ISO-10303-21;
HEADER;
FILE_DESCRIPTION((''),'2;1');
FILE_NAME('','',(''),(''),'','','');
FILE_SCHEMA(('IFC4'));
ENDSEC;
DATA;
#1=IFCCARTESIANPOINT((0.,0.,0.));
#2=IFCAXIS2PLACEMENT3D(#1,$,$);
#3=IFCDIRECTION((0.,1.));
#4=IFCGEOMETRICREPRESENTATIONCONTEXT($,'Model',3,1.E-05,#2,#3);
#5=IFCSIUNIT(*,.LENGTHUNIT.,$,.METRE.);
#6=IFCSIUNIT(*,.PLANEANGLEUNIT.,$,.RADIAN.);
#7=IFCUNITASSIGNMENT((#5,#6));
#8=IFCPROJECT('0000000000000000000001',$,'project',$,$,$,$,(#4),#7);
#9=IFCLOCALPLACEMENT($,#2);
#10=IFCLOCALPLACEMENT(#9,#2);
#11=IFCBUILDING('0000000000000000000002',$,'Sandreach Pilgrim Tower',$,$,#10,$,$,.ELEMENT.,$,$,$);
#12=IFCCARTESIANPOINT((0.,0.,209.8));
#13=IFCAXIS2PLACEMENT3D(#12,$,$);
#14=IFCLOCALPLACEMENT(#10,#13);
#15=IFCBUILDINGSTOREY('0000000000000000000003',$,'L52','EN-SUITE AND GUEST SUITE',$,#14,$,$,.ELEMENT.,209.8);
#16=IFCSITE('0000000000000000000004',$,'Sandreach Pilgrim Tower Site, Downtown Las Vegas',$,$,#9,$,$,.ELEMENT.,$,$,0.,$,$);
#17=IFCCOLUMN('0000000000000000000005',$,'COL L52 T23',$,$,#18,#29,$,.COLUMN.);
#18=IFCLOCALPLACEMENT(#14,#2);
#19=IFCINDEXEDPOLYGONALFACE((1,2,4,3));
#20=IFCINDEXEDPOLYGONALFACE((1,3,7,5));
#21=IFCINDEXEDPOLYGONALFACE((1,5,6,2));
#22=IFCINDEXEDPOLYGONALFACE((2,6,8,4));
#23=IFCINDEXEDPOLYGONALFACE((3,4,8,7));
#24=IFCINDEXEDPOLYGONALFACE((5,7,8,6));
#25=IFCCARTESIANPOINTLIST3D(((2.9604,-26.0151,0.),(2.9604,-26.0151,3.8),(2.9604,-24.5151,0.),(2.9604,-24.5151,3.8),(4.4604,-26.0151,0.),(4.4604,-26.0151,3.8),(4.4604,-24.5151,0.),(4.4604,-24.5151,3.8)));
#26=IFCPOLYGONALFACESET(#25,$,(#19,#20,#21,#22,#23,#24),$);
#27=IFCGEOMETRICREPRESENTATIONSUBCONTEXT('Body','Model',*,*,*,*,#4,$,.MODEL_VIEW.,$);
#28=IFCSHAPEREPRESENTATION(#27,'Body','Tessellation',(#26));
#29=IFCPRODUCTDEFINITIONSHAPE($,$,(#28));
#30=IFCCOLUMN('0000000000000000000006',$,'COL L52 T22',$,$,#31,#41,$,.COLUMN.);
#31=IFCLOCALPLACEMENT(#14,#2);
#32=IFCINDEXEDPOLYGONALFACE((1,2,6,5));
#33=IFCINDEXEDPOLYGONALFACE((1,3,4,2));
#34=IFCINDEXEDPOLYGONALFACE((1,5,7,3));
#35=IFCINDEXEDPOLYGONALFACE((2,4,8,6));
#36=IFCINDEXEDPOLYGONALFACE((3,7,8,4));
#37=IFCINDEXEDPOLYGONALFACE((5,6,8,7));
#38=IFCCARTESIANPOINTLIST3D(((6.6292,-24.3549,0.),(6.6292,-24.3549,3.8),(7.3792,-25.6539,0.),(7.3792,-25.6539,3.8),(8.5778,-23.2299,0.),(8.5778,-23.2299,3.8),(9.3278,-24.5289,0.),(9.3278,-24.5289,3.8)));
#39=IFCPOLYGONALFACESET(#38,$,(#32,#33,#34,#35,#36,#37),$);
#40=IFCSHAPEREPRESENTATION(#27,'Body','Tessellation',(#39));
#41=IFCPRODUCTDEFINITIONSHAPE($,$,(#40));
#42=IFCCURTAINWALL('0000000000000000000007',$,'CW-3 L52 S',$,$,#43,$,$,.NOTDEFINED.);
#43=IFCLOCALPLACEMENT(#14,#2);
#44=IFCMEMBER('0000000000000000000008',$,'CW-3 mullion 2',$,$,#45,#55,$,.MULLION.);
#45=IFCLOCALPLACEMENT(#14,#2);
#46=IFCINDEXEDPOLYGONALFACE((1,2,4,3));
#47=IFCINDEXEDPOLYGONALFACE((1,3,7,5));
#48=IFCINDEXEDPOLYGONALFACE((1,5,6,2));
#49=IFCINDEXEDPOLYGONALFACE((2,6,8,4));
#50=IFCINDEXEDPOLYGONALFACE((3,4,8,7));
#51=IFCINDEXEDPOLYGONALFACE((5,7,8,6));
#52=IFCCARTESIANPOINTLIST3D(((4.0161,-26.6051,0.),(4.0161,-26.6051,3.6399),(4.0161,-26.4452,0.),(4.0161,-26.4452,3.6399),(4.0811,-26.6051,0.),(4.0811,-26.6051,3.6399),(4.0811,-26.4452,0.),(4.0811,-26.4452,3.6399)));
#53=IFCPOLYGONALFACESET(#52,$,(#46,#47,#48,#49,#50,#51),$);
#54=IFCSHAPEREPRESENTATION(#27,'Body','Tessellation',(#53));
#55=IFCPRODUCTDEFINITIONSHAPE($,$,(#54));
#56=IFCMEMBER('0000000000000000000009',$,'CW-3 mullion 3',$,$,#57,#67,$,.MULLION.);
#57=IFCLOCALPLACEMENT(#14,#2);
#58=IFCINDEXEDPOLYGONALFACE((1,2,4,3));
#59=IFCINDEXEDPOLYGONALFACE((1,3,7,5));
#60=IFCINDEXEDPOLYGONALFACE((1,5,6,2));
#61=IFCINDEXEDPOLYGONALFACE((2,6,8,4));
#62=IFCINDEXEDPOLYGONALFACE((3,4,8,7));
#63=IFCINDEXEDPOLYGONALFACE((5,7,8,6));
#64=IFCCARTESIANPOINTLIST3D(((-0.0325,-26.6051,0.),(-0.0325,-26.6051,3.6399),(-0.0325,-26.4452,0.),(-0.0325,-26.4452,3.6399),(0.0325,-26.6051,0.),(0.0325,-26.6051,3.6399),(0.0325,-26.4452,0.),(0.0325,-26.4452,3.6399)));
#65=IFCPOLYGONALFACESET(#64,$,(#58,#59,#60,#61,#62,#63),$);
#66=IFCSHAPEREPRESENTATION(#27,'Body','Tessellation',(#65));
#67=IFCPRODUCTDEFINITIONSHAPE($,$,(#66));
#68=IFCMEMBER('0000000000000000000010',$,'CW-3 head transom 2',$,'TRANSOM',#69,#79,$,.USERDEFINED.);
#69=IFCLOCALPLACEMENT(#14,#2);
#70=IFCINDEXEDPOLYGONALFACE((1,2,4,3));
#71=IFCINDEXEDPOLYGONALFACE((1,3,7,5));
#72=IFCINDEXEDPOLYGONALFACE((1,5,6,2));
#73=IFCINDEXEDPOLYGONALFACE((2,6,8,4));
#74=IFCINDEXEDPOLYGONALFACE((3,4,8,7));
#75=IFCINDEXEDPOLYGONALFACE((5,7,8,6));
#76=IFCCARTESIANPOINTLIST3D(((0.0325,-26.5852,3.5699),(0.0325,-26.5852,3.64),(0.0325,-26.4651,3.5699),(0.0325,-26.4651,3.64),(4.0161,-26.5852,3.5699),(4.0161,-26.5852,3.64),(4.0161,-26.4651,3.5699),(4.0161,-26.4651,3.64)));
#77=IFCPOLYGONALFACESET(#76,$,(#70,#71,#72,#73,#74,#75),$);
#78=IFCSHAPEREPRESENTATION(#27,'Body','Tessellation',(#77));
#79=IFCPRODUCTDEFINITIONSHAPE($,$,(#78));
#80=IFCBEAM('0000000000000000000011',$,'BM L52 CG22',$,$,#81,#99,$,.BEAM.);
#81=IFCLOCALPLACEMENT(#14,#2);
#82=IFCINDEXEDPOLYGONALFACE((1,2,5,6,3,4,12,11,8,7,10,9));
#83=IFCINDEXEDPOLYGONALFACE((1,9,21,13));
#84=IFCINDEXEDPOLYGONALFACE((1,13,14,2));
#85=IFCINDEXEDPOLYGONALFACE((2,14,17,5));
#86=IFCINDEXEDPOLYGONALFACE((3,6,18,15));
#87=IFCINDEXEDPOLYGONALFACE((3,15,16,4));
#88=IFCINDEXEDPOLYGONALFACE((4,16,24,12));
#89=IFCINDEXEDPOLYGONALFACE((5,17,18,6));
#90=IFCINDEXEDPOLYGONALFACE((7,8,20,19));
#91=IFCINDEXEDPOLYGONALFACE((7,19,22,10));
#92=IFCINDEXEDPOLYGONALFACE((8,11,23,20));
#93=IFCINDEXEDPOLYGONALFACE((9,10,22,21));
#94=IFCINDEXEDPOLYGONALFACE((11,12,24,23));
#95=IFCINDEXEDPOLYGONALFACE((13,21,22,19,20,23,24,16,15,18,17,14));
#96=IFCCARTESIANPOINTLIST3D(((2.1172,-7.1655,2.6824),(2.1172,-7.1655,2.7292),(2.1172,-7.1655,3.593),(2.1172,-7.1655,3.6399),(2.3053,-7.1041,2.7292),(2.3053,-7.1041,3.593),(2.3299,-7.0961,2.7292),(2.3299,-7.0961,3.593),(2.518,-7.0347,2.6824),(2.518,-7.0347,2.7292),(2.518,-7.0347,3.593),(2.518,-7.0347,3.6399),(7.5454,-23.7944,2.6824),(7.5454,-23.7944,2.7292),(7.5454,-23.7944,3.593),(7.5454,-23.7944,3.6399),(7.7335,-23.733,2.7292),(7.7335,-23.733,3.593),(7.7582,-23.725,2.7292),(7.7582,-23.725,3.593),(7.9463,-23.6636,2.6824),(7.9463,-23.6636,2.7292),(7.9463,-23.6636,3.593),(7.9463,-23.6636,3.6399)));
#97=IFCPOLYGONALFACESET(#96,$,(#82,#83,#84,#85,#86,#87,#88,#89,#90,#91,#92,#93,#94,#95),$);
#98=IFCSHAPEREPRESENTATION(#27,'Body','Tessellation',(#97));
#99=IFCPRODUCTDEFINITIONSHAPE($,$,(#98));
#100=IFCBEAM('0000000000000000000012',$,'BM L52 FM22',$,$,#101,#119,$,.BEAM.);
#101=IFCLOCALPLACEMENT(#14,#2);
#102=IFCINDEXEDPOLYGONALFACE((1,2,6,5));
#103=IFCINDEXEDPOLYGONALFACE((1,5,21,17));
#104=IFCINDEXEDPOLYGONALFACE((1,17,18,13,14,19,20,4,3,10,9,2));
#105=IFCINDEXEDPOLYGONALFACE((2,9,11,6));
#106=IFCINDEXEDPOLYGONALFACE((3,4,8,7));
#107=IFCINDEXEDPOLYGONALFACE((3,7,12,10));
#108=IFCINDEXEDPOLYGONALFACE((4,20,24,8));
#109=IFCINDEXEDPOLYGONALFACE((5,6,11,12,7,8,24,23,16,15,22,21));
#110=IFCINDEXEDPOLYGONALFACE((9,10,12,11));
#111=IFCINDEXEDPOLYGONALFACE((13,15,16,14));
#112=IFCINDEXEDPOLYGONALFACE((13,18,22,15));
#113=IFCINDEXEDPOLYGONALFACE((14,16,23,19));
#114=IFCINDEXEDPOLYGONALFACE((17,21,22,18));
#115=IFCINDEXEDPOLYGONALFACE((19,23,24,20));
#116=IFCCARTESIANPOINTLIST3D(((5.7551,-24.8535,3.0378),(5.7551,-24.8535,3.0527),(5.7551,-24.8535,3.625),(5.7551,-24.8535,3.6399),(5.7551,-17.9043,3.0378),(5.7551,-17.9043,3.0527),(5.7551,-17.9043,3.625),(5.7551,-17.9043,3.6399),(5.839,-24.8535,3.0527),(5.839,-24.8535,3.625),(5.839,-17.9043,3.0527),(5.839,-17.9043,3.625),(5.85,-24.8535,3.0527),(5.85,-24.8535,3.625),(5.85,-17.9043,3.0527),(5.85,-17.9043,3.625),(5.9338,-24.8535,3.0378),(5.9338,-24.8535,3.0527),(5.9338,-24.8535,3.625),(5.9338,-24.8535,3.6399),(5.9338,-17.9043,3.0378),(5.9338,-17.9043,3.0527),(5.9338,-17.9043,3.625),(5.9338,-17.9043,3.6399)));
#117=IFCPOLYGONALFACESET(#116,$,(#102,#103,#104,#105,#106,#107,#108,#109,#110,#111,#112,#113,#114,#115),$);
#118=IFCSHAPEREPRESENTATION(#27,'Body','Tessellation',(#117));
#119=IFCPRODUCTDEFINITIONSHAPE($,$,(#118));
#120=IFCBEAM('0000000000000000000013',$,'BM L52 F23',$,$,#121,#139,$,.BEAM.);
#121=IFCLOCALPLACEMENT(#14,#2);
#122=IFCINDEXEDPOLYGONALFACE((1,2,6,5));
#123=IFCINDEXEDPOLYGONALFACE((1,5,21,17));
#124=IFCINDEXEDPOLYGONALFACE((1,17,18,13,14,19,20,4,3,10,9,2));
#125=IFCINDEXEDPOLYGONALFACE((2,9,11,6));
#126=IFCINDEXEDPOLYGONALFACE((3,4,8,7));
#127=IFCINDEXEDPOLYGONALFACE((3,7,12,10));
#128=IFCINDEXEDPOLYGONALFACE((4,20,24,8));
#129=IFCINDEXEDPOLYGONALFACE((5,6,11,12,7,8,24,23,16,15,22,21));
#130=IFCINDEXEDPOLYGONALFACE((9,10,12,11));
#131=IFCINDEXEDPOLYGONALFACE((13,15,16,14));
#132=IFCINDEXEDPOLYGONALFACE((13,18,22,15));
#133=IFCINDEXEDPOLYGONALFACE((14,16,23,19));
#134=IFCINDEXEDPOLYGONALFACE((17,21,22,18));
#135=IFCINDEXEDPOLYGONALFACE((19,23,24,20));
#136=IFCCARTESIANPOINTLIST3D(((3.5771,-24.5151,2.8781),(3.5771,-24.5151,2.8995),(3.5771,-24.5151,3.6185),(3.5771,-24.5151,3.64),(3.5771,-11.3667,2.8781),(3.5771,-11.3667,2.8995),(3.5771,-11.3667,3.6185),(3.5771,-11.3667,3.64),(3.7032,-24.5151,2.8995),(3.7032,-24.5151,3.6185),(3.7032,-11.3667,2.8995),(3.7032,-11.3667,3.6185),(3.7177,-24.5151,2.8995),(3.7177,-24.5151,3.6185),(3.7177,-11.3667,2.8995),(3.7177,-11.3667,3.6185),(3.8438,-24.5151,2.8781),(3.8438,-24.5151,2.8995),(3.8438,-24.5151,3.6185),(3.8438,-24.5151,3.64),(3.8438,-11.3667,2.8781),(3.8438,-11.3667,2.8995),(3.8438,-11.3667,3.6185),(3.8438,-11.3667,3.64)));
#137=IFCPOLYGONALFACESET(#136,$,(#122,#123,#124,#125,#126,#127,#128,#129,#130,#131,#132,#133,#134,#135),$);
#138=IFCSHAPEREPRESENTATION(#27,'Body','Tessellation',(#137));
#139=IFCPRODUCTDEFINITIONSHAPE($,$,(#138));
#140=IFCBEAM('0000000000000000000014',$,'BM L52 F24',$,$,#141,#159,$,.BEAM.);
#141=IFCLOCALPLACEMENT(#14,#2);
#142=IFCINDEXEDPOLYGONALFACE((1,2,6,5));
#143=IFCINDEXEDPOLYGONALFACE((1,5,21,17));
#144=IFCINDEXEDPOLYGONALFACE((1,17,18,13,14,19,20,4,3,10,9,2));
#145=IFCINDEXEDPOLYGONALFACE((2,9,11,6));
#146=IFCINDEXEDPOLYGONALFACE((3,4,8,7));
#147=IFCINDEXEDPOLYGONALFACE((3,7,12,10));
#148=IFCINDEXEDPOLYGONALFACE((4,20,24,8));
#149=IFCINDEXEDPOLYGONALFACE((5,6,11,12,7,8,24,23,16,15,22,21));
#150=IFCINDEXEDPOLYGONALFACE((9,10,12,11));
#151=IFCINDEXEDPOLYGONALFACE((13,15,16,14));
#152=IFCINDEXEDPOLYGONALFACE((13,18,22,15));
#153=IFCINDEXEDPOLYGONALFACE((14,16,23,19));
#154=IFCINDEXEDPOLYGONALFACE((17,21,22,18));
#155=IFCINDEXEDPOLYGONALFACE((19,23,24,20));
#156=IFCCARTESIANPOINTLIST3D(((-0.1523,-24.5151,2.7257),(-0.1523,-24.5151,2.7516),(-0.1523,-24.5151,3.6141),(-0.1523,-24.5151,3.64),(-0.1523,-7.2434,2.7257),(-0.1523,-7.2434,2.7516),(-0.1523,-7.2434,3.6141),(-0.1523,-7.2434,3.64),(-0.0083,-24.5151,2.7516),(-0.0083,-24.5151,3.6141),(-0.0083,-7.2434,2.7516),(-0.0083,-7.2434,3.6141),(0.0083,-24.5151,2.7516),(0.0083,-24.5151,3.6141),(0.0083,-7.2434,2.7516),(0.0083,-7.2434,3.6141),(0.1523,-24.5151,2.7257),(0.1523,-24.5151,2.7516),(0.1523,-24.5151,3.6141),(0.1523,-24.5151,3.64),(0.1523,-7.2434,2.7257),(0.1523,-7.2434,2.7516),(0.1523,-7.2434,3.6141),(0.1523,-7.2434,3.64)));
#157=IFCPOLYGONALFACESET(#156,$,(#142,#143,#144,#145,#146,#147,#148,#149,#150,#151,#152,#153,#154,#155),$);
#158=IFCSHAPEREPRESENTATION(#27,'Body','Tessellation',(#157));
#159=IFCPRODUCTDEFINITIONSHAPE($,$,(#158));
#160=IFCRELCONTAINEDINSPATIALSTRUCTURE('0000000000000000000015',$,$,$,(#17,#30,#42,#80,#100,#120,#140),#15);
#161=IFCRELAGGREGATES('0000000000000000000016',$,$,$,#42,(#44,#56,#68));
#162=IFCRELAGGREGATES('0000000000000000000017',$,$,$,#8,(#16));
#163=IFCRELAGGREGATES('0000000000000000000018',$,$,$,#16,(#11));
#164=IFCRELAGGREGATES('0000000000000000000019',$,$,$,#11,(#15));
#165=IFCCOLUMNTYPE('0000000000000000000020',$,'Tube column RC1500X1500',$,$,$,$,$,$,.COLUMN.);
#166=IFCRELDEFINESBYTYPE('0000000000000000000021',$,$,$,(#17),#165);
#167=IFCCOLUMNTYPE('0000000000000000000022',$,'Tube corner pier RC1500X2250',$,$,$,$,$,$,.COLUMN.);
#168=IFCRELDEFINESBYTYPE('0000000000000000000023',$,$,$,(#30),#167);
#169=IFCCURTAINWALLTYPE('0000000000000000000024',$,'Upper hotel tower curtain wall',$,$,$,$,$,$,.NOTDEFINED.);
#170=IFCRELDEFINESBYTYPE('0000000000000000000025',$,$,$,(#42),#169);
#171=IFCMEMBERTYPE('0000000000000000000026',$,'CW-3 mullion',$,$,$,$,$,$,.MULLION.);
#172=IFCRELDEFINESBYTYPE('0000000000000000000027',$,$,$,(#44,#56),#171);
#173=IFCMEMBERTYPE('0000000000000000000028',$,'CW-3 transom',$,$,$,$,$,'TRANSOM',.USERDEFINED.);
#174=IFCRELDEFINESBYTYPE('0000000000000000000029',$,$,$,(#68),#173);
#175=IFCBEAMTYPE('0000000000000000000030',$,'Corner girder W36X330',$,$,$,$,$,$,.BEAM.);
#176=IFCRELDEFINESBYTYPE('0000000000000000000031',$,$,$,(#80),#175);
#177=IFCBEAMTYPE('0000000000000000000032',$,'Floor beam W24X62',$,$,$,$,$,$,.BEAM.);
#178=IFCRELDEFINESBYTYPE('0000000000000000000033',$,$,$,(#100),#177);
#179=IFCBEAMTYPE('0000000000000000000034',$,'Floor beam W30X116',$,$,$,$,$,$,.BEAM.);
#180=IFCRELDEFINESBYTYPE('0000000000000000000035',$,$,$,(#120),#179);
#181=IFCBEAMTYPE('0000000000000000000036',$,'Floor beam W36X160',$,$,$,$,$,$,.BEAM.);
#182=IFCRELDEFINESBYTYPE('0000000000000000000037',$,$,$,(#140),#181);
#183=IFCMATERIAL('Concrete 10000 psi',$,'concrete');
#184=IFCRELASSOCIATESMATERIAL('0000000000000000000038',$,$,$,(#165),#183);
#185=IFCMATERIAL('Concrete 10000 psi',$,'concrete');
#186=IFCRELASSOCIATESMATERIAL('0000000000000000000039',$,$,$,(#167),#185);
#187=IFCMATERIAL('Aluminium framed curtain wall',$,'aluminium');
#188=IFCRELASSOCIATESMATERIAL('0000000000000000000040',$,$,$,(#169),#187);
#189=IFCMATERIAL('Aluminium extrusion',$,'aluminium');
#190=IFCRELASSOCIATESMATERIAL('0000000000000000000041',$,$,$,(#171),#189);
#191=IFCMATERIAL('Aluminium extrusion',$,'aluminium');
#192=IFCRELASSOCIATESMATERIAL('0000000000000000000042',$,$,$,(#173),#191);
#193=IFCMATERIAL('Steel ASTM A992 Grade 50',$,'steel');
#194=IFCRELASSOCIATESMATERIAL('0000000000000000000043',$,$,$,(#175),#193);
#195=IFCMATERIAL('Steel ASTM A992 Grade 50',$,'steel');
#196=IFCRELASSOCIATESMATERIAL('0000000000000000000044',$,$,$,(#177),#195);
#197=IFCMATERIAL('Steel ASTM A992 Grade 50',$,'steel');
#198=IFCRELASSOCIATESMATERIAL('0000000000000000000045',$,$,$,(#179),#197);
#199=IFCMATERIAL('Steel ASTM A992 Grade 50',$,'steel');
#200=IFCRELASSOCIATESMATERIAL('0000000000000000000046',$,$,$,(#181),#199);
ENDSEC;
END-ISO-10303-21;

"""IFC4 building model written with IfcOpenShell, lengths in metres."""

from ifc_helpers import new_model, si_unit, direction, frame, origin, origin_2d, place, context, subcontext, project, spatial, rectangle, i_section, extrude, material, material_profile, profile_set, type_object, element, aggregate, save


model = new_model("IFC4")

# Units and contexts
model_context = context("Model", 3, precision=1e-05, world=origin(), true_north=direction((0.0, 1.0)))
body_context = subcontext(model_context, "Body", "Model", "MODEL_VIEW")
ifc_project = project(units=[si_unit("LENGTHUNIT", "METRE"), si_unit("PLANEANGLEUNIT", "RADIAN")], contexts=[model_context])

# Site, building, storey
site_placement = place(None, origin())
site = spatial("IfcSite", under=ifc_project, at=site_placement, Name="Sandreach Pilgrim Tower Site, Downtown Las Vegas", CompositionType="ELEMENT", RefElevation=0.0)
building_placement = place(site_placement, origin())
building = spatial("IfcBuilding", under=site, at=building_placement, Name="Sandreach Pilgrim Tower", CompositionType="ELEMENT")
storey_placement = place(building_placement, frame((0.0, 0.0, 209.8)))
storey = spatial("IfcBuildingStorey", under=building, at=storey_placement, Name="L52", Description="EN-SUITE AND GUEST SUITE", CompositionType="ELEMENT", Elevation=209.8)

# Columns
ifc_material_1 = material(Name="Concrete 10000 psi", Category="concrete")
ifc_material_profile_1 = material_profile(ifc_material_1, rectangle(XDim=1.5, YDim=1.5, at=origin_2d()), Name="RC1500X1500")
ifc_profile_set_1 = profile_set([ifc_material_profile_1], Name="Concrete 10000 psi")
column_type_1 = type_object("IfcColumnType", Name="Tube column RC1500X1500", PredefinedType="COLUMN", material=ifc_profile_set_1)
column_1_placement = place(storey_placement, frame((3.7104, -25.2651, 0.0), z_axis=(0.0, 0.0, 1.0), x_axis=(0.0, -1.0, 0.0)))
element("IfcColumn", 1, at=column_1_placement, inside=storey, type_object=column_type_1, Name="COL L52 T23", PredefinedType="COLUMN", context=body_context, shape_type="SweptSolid", body=[
    extrude(rectangle(XDim=1.5, YDim=1.5, at=origin_2d()), origin(), (0.0, 0.0, 1.0), 3.8),
])
ifc_material_2 = material(Name="Concrete 10000 psi", Category="concrete")
ifc_material_profile_2 = material_profile(ifc_material_2, rectangle(XDim=1.5, YDim=2.25, at=origin_2d()), Name="RC1500X2250")
ifc_profile_set_2 = profile_set([ifc_material_profile_2], Name="Concrete 10000 psi")
column_type_2 = type_object("IfcColumnType", Name="Tube corner pier RC1500X2250", PredefinedType="COLUMN", material=ifc_profile_set_2)
column_2_placement = place(storey_placement, frame((7.9785, -24.4419, 0.0), z_axis=(0.0, 0.0, 1.0), x_axis=(0.5, -0.866025, 0.0)))
element("IfcColumn", 2, at=column_2_placement, inside=storey, type_object=column_type_2, Name="COL L52 T22", PredefinedType="COLUMN", context=body_context, shape_type="SweptSolid", body=[
    extrude(rectangle(XDim=1.5, YDim=2.25, at=origin_2d()), origin(), (0.0, 0.0, 1.0), 3.8),
])

# Curtain wall, members
ifc_material_3 = material(Name="Aluminium framed curtain wall", Category="aluminium")
curtain_wall_type = type_object("IfcCurtainWallType", Name="Upper hotel tower curtain wall", PredefinedType="NOTDEFINED", material=ifc_material_3)
curtain_wall_placement = place(storey_placement, origin())
curtain_wall = element("IfcCurtainWall", 3, at=curtain_wall_placement, inside=storey, type_object=curtain_wall_type, Name="CW-3 L52 S", PredefinedType="NOTDEFINED")
ifc_material_4 = material(Name="Aluminium extrusion", Category="aluminium")
ifc_material_profile_3 = material_profile(ifc_material_4, rectangle(XDim=0.0649, YDim=0.1599, at=origin_2d()), Name="CW-3M 65X160")
ifc_profile_set_3 = profile_set([ifc_material_profile_3], Name="Aluminium extrusion")
member_type_1 = type_object("IfcMemberType", Name="CW-3 mullion", PredefinedType="MULLION", material=ifc_profile_set_3)
member_1_placement = place(storey_placement, frame((4.0486, -26.5251, 0.0), z_axis=(0.0, 0.0, 1.0), x_axis=(-1.0, 0.0, 0.0)))
member_1 = element("IfcMember", 4, at=member_1_placement, type_object=member_type_1, Name="CW-3 mullion 2", PredefinedType="MULLION", context=body_context, shape_type="SweptSolid", body=[
    extrude(rectangle(XDim=0.0649, YDim=0.1599, at=origin_2d()), origin(), (0.0, 0.0, 1.0), 3.6399),
])
member_2_placement = place(storey_placement, frame((0.0, -26.5251, 0.0), z_axis=(0.0, 0.0, 1.0), x_axis=(-1.0, 0.0, 0.0)))
member_2 = element("IfcMember", 5, at=member_2_placement, type_object=member_type_1, Name="CW-3 mullion 3", PredefinedType="MULLION", context=body_context, shape_type="SweptSolid", body=[
    extrude(rectangle(XDim=0.0649, YDim=0.1599, at=origin_2d()), origin(), (0.0, 0.0, 1.0), 3.6399),
])
ifc_material_5 = material(Name="Aluminium extrusion", Category="aluminium")
ifc_material_profile_4 = material_profile(ifc_material_5, rectangle(XDim=0.1201, YDim=0.0701, at=origin_2d()), Name="CW-3T 120X70")
ifc_profile_set_4 = profile_set([ifc_material_profile_4], Name="Aluminium extrusion")
member_type_2 = type_object("IfcMemberType", Name="CW-3 transom", ElementType="TRANSOM", PredefinedType="USERDEFINED", material=ifc_profile_set_4)
member_3_placement = place(storey_placement, frame((4.0161, -26.5251, 3.605), z_axis=(-1.0, 0.0, 0.0), x_axis=(0.0, -1.0, 0.0)))
member_3 = element("IfcMember", 6, at=member_3_placement, type_object=member_type_2, Name="CW-3 head transom 2", ObjectType="TRANSOM", PredefinedType="USERDEFINED", context=body_context, shape_type="SweptSolid", body=[
    extrude(rectangle(XDim=0.1201, YDim=0.0701, at=origin_2d()), origin(), (0.0, 0.0, 1.0), 3.9836),
])

# Beams
ifc_material_6 = material(Name="Steel ASTM A992 Grade 50", Category="steel")
ifc_material_profile_5 = material_profile(ifc_material_6, i_section(OverallWidth=0.4216, OverallDepth=0.9575, WebThickness=0.0259, FlangeThickness=0.0469, at=origin_2d()), Name="W36X330")
ifc_profile_set_5 = profile_set([ifc_material_profile_5], Name="Steel ASTM A992 Grade 50")
beam_type_1 = type_object("IfcBeamType", Name="Corner girder W36X330", PredefinedType="BEAM", material=ifc_profile_set_5)
beam_1_placement = place(storey_placement, frame((7.7458, -23.729, 3.1611), z_axis=(-0.310318, 0.950633, 0.0), x_axis=(-0.950633, -0.310318, 0.0)))
element("IfcBeam", 7, at=beam_1_placement, inside=storey, type_object=beam_type_1, Name="BM L52 CG22", PredefinedType="BEAM", context=body_context, shape_type="SweptSolid", body=[
    extrude(i_section(OverallWidth=0.4216, OverallDepth=0.9575, WebThickness=0.0259, FlangeThickness=0.0469, at=origin_2d()), origin(), (0.0, 0.0, 1.0), 17.4924),
])
ifc_material_7 = material(Name="Steel ASTM A992 Grade 50", Category="steel")
ifc_material_profile_6 = material_profile(ifc_material_7, i_section(OverallWidth=0.1787, OverallDepth=0.6021, WebThickness=0.011, FlangeThickness=0.0149, at=origin_2d()), Name="W24X62")
ifc_profile_set_6 = profile_set([ifc_material_profile_6], Name="Steel ASTM A992 Grade 50")
beam_type_2 = type_object("IfcBeamType", Name="Floor beam W24X62", PredefinedType="BEAM", material=ifc_profile_set_6)
beam_2_placement = place(storey_placement, frame((5.8445, -24.8535, 3.3389), z_axis=(0.0, 1.0, 0.0), x_axis=(-1.0, 0.0, 0.0)))
element("IfcBeam", 8, at=beam_2_placement, inside=storey, type_object=beam_type_2, Name="BM L52 FM22", PredefinedType="BEAM", context=body_context, shape_type="SweptSolid", body=[
    extrude(i_section(OverallWidth=0.1787, OverallDepth=0.6021, WebThickness=0.011, FlangeThickness=0.0149, at=origin_2d()), origin(), (0.0, 0.0, 1.0), 6.9492),
])
ifc_material_8 = material(Name="Steel ASTM A992 Grade 50", Category="steel")
ifc_material_profile_7 = material_profile(ifc_material_8, i_section(OverallWidth=0.2666, OverallDepth=0.762, WebThickness=0.0144, FlangeThickness=0.0215, at=origin_2d()), Name="W30X116")
ifc_profile_set_7 = profile_set([ifc_material_profile_7], Name="Steel ASTM A992 Grade 50")
beam_type_3 = type_object("IfcBeamType", Name="Floor beam W30X116", PredefinedType="BEAM", material=ifc_profile_set_7)
beam_3_placement = place(storey_placement, frame((3.7104, -24.5151, 3.259), z_axis=(0.0, 1.0, 0.0), x_axis=(-1.0, 0.0, 0.0)))
element("IfcBeam", 9, at=beam_3_placement, inside=storey, type_object=beam_type_3, Name="BM L52 F23", PredefinedType="BEAM", context=body_context, shape_type="SweptSolid", body=[
    extrude(i_section(OverallWidth=0.2666, OverallDepth=0.762, WebThickness=0.0144, FlangeThickness=0.0215, at=origin_2d()), origin(), (0.0, 0.0, 1.0), 13.1484),
])
ifc_material_9 = material(Name="Steel ASTM A992 Grade 50", Category="steel")
ifc_material_profile_8 = material_profile(ifc_material_9, i_section(OverallWidth=0.3047, OverallDepth=0.9143, WebThickness=0.0166, FlangeThickness=0.0259, at=origin_2d()), Name="W36X160")
ifc_profile_set_8 = profile_set([ifc_material_profile_8], Name="Steel ASTM A992 Grade 50")
beam_type_4 = type_object("IfcBeamType", Name="Floor beam W36X160", PredefinedType="BEAM", material=ifc_profile_set_8)
beam_4_placement = place(storey_placement, frame((0.0, -24.5151, 3.1829), z_axis=(0.0, 1.0, 0.0), x_axis=(-1.0, 0.0, 0.0)))
element("IfcBeam", 10, at=beam_4_placement, inside=storey, type_object=beam_type_4, Name="BM L52 F24", PredefinedType="BEAM", context=body_context, shape_type="SweptSolid", body=[
    extrude(i_section(OverallWidth=0.3047, OverallDepth=0.9143, WebThickness=0.0166, FlangeThickness=0.0259, at=origin_2d()), origin(), (0.0, 0.0, 1.0), 17.2717),
])

aggregate(curtain_wall, [member_1, member_2, member_3])

save(model, "model.ifc")
